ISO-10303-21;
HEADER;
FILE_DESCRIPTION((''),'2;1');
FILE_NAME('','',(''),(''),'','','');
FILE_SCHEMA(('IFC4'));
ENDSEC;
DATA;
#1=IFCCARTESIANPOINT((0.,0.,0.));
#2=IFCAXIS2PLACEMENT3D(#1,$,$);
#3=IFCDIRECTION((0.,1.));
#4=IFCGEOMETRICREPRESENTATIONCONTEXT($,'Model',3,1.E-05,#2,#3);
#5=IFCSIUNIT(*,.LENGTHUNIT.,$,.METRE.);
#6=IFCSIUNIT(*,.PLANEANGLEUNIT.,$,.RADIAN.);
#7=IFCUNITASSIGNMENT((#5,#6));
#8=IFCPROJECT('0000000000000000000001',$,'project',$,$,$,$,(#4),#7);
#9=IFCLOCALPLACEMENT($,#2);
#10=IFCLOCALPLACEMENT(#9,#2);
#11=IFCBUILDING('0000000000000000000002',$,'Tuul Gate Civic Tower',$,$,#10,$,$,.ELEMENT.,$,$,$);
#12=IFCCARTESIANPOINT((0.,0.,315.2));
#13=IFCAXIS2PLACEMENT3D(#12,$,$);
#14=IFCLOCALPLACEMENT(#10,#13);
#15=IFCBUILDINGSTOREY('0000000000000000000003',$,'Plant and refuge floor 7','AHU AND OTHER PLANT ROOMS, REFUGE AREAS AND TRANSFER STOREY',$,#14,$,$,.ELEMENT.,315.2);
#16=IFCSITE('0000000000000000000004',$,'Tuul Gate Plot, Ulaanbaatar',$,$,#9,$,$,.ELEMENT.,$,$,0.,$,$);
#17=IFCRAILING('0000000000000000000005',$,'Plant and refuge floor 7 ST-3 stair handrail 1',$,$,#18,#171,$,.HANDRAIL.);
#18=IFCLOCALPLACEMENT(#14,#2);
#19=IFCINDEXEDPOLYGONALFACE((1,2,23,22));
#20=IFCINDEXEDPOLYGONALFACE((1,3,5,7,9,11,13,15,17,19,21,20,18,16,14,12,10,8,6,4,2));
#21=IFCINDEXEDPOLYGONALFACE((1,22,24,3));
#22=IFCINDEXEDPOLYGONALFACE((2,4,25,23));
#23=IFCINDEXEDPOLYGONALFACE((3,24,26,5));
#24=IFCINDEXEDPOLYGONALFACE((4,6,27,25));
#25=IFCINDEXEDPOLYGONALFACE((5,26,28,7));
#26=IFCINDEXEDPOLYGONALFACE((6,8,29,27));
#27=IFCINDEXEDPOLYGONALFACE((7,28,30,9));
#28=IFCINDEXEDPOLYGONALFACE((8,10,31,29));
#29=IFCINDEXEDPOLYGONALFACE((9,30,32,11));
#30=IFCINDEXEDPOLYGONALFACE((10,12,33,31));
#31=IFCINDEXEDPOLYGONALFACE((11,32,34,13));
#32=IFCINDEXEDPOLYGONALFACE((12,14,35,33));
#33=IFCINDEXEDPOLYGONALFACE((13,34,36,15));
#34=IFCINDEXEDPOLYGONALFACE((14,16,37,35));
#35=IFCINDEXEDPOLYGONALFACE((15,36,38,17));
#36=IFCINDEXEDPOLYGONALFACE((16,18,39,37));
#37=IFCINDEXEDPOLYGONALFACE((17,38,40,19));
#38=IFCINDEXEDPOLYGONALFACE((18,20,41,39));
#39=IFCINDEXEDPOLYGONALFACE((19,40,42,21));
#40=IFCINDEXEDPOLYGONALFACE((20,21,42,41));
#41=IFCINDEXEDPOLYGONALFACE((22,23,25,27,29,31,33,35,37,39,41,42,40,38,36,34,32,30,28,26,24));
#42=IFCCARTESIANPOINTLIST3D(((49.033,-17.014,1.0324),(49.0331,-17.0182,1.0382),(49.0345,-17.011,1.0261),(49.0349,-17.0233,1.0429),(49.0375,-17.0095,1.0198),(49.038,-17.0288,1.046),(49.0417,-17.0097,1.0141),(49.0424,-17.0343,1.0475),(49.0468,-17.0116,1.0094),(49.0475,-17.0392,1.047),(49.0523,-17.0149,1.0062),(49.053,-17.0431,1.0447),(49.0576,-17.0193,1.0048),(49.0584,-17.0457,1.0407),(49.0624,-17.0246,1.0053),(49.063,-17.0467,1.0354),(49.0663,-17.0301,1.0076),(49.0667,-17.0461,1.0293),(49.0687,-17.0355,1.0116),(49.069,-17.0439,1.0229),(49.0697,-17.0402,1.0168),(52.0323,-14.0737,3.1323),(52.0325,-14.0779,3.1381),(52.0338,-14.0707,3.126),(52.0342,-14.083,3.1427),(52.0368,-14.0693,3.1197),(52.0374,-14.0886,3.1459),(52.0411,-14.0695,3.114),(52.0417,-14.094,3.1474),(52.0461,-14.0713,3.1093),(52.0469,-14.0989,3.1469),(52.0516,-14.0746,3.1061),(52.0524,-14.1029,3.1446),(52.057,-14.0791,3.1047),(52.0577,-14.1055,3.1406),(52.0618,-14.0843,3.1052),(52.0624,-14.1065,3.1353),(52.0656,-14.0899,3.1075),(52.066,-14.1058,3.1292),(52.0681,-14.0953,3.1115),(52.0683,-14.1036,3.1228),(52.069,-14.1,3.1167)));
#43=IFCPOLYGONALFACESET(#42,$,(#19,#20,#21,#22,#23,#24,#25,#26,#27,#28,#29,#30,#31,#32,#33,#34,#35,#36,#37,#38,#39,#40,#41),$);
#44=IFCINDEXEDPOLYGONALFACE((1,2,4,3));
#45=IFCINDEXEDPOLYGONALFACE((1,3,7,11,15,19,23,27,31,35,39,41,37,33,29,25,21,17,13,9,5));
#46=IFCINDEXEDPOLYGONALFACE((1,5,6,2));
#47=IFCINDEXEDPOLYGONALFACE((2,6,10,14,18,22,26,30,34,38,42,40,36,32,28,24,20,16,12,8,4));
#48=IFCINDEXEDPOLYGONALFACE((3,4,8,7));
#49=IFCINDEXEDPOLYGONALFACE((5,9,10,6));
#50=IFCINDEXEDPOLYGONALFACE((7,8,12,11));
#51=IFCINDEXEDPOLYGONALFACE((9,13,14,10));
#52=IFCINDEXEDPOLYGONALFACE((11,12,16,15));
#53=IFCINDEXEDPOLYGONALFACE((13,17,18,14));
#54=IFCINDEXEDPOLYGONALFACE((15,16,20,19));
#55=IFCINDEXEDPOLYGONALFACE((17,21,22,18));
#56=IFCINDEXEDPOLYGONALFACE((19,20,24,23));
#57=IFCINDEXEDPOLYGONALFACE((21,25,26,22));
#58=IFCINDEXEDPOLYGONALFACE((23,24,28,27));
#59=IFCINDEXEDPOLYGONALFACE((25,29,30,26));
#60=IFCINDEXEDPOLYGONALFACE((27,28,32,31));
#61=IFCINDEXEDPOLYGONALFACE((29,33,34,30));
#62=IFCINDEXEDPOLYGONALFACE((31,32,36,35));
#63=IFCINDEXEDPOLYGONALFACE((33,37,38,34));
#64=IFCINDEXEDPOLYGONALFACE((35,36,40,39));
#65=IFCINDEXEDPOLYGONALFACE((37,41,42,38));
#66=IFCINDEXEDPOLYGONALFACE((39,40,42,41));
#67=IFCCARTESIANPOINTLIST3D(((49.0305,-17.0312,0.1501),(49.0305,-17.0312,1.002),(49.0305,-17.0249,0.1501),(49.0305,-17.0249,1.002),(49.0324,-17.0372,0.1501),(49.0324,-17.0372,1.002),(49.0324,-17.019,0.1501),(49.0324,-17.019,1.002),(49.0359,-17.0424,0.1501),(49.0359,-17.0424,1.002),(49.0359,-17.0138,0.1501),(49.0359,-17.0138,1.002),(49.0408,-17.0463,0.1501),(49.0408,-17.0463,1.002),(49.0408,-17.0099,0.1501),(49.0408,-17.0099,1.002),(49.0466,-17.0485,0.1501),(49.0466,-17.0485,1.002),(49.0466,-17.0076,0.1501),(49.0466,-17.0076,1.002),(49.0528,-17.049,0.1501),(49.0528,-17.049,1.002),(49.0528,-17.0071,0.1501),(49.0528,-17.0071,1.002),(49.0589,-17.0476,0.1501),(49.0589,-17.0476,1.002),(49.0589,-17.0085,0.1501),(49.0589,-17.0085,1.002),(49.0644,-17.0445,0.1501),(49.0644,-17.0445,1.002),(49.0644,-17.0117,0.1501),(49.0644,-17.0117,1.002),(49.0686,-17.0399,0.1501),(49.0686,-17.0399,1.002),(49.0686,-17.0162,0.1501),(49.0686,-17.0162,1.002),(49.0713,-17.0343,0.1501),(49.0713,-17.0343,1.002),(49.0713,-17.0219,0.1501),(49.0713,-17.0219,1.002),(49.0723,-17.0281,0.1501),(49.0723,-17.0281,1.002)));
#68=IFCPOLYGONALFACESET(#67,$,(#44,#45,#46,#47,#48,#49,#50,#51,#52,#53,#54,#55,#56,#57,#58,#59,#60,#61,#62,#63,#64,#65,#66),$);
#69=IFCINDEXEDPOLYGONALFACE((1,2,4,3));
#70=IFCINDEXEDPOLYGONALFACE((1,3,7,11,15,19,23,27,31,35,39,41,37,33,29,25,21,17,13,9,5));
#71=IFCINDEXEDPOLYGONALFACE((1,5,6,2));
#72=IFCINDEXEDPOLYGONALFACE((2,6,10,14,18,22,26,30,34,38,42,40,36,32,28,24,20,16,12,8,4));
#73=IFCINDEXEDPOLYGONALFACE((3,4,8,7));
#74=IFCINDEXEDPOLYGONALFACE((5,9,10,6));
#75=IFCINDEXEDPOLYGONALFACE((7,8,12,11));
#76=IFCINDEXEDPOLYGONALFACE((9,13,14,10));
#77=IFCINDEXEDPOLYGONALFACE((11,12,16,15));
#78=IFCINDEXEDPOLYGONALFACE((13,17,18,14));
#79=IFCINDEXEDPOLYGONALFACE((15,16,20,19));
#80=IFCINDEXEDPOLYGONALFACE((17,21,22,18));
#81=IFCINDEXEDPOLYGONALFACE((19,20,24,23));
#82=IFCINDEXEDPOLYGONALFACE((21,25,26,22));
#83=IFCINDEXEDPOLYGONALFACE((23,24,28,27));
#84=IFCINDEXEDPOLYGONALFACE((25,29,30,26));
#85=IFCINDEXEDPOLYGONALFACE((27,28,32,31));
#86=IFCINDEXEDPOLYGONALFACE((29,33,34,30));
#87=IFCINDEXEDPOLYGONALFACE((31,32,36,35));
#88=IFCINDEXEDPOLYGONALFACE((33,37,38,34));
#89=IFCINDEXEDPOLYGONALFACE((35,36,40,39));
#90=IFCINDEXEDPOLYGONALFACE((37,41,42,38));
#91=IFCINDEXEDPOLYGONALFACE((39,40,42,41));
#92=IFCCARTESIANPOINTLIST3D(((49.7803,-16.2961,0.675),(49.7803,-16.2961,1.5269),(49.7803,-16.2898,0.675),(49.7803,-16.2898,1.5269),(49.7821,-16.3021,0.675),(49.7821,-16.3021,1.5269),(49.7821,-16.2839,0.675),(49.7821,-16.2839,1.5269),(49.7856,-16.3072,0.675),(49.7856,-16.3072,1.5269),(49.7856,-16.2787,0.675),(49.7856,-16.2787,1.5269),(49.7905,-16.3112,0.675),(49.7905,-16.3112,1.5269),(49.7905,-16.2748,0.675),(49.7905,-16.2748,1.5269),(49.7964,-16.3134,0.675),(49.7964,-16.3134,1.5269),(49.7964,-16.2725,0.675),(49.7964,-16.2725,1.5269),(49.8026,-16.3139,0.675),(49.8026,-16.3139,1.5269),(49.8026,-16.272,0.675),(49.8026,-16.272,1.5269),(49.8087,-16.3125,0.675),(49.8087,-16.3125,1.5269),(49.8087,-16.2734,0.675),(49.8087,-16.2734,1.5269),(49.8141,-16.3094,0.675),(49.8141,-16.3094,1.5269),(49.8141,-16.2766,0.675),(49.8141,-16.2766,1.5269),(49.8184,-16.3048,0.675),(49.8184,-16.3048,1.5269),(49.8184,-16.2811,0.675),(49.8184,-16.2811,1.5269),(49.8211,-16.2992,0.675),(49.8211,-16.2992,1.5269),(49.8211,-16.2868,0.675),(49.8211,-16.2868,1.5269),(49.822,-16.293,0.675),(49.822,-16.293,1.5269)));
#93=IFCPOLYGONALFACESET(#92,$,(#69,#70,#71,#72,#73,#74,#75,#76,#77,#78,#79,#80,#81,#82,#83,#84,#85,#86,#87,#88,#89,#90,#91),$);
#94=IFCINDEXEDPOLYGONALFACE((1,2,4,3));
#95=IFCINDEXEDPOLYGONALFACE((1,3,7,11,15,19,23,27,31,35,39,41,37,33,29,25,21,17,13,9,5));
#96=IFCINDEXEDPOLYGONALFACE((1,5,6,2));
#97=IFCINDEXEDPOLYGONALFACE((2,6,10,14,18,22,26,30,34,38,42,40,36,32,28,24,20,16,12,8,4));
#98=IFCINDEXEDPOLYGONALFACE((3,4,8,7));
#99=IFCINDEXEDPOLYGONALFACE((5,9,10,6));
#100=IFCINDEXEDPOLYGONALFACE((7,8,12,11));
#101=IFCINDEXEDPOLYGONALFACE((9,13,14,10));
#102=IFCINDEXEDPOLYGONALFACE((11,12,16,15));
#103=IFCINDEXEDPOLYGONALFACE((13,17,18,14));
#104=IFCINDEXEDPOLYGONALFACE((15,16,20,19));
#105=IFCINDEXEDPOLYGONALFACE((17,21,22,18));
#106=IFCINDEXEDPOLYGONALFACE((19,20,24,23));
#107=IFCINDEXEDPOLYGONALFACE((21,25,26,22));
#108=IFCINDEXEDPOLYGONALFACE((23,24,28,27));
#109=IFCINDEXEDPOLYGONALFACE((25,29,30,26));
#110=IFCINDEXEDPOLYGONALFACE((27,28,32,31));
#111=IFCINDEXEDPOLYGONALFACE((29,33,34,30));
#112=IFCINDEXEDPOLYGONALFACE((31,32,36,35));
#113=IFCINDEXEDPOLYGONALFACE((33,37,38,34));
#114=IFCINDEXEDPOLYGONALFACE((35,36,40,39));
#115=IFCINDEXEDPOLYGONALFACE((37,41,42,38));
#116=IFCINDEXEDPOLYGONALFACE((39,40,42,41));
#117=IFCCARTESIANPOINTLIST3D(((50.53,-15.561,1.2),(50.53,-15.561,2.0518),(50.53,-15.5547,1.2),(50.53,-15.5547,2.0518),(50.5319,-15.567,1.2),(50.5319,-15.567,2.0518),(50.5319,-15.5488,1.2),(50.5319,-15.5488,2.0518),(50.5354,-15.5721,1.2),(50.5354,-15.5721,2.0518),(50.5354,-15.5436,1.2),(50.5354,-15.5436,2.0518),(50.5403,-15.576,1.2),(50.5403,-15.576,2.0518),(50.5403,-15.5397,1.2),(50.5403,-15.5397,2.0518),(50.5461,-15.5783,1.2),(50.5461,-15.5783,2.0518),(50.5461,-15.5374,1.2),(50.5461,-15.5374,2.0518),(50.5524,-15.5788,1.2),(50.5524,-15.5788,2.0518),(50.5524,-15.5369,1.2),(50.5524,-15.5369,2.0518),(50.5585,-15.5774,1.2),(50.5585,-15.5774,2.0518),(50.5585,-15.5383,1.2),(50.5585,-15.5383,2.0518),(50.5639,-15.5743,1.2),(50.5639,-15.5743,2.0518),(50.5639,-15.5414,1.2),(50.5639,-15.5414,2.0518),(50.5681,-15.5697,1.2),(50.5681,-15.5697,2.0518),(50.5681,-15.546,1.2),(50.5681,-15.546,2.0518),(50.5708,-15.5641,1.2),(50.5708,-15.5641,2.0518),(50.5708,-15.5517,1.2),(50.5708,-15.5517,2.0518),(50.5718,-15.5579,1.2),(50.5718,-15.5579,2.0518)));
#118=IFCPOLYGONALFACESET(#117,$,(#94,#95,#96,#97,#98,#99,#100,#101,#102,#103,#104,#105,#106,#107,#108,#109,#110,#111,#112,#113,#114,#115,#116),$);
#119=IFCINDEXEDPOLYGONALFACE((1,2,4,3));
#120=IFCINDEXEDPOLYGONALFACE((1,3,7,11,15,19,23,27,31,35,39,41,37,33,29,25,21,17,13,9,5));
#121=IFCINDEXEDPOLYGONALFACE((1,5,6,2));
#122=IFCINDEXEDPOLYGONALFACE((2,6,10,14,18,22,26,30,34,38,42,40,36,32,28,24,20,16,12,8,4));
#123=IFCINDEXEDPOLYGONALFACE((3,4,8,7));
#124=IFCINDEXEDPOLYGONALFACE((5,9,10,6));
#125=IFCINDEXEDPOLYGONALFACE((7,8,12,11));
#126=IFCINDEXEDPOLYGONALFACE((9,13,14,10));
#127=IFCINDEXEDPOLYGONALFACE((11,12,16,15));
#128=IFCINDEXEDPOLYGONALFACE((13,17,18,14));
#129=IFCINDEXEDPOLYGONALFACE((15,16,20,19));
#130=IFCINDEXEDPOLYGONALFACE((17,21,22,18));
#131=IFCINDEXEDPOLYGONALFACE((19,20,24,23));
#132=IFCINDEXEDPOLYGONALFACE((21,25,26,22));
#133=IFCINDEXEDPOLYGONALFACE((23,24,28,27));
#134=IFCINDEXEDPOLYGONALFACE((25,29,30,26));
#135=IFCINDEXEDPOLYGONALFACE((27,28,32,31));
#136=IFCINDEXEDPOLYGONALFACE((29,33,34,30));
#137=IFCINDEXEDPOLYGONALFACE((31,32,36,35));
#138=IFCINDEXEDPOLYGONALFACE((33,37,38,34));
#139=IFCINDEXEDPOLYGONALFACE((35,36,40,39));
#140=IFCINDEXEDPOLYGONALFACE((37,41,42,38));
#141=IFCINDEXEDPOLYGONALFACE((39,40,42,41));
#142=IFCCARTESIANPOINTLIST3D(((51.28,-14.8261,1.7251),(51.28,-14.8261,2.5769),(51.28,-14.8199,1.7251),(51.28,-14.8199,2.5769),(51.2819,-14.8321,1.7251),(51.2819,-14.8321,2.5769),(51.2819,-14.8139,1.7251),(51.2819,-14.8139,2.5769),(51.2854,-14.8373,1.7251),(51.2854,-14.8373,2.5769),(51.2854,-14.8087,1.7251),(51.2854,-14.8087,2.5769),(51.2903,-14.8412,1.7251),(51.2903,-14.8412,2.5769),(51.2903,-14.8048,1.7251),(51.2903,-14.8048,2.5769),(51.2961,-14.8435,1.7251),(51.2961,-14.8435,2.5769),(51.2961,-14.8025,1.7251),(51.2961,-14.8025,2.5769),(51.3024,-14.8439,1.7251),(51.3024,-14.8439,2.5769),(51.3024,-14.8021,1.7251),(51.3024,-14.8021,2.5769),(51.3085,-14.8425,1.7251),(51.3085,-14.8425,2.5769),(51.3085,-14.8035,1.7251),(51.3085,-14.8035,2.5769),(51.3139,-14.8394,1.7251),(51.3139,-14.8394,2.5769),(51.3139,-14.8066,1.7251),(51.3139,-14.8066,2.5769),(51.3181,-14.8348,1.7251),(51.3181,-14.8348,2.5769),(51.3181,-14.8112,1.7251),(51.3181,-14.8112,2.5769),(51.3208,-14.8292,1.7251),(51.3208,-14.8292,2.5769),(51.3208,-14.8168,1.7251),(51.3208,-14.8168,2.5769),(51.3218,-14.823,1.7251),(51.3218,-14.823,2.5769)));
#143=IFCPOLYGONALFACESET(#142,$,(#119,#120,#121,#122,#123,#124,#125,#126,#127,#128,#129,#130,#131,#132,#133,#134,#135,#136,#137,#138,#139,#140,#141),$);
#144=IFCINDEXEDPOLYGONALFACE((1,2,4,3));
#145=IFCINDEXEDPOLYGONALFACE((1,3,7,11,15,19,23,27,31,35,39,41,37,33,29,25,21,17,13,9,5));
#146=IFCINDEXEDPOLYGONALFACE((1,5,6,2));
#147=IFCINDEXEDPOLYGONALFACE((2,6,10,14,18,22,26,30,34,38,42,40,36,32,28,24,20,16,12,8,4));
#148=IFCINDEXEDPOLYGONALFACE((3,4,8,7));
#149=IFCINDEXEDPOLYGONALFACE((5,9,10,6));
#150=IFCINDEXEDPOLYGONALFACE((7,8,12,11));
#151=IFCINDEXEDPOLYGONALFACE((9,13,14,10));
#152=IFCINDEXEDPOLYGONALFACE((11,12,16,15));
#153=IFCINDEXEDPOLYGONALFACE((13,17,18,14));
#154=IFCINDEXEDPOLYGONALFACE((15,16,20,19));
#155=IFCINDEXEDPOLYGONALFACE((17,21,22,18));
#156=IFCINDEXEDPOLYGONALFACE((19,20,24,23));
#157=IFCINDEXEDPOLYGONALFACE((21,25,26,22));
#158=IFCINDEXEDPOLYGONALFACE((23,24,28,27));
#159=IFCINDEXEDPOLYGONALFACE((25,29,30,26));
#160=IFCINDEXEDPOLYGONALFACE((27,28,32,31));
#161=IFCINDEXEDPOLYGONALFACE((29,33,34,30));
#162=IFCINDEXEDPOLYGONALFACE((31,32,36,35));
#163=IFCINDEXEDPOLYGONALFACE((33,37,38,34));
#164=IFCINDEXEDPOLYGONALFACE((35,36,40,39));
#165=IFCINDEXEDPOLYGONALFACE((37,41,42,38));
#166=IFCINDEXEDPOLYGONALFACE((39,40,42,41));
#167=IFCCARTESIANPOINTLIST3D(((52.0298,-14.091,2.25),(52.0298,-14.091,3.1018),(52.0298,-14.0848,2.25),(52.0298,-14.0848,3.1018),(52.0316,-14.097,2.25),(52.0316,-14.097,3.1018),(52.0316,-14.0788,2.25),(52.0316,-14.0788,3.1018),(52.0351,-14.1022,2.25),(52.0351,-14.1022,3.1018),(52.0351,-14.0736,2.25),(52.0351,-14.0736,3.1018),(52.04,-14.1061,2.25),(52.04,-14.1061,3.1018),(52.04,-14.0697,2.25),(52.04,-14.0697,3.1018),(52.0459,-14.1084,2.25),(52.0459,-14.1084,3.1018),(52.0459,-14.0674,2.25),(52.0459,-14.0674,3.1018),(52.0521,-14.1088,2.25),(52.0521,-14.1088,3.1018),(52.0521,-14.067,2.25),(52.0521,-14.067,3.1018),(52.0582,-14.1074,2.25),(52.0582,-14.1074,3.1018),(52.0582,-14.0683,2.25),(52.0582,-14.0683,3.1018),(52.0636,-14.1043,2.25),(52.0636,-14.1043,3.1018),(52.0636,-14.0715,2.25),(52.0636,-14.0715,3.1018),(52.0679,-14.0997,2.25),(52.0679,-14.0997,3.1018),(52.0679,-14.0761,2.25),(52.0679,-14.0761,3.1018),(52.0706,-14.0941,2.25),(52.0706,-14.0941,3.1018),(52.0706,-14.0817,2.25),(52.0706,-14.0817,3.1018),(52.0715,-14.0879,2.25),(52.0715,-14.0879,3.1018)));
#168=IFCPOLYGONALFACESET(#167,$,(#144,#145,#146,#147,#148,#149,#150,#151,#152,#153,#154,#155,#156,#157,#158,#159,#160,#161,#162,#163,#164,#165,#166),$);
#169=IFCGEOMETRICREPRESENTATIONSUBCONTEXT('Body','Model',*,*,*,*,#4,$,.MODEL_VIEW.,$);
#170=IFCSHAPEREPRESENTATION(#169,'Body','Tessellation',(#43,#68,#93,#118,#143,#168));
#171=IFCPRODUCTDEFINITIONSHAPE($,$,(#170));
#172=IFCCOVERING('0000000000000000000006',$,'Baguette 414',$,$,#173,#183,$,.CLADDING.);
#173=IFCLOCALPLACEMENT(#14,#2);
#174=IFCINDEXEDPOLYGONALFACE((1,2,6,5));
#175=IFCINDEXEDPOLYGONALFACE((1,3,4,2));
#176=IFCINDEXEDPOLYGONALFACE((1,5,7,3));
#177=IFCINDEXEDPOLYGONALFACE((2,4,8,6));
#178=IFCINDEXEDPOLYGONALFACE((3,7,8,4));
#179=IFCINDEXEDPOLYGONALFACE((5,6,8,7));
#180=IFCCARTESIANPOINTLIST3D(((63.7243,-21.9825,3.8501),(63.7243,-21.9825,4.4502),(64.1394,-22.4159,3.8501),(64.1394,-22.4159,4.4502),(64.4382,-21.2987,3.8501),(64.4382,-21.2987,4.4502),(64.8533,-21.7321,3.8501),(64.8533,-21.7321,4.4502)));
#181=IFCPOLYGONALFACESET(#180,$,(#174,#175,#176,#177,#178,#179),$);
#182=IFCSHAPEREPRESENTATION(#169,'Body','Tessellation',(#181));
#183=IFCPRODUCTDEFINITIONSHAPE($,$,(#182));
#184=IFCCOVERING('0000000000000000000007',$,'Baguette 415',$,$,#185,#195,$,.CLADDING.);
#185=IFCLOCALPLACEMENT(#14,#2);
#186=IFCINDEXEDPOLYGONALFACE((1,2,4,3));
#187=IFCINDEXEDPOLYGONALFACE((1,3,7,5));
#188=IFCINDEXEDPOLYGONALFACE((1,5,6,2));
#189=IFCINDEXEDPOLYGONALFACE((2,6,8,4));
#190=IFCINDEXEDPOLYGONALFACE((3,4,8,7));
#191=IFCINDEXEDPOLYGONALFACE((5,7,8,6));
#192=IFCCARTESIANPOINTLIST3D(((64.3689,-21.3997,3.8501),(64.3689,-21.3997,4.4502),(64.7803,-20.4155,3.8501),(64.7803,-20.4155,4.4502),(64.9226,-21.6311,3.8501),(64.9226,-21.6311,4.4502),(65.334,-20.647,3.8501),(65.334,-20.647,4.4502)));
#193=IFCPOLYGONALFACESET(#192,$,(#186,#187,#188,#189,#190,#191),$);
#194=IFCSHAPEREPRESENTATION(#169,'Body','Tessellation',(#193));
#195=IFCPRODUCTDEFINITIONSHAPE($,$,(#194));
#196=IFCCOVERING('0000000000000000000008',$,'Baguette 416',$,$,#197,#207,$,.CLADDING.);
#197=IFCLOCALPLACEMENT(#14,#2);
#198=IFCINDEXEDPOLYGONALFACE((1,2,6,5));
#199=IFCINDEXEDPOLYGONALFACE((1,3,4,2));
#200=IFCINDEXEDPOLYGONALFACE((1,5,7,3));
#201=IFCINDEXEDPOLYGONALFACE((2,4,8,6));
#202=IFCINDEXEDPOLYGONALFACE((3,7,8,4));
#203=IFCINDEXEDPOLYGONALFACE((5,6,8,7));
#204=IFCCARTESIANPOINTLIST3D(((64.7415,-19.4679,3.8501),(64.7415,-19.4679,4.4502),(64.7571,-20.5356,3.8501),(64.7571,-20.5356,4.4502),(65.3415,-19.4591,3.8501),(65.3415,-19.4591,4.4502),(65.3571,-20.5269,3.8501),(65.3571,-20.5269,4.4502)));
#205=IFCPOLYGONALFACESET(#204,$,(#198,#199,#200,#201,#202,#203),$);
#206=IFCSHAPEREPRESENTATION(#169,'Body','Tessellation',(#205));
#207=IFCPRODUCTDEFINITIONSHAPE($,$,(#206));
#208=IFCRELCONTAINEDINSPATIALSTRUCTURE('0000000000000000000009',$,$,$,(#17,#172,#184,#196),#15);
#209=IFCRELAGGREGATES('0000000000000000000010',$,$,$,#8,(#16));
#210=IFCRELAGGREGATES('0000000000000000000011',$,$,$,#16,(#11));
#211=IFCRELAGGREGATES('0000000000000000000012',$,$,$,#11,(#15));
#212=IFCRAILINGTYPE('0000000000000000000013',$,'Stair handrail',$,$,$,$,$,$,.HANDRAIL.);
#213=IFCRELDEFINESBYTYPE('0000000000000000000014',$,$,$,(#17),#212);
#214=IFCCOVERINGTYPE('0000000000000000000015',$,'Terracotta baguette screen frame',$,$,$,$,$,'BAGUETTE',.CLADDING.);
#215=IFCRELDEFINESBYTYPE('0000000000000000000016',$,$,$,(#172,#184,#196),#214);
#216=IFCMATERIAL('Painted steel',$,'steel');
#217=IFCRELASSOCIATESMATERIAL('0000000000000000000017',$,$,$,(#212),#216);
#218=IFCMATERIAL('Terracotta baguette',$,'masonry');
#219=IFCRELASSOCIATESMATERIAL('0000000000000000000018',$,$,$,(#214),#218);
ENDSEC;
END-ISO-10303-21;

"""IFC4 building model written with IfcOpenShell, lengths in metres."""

from ifc_helpers import new_model, si_unit, direction, frame, origin, origin_2d, place, context, subcontext, project, spatial, rectangle, circle, extrude, material, material_profile, profile_set, type_object, element, save


model = new_model("IFC4")

# Units and contexts
model_context = context("Model", 3, precision=1e-05, world=origin(), true_north=direction((0.0, 1.0)))
body_context = subcontext(model_context, "Body", "Model", "MODEL_VIEW")
ifc_project = project(units=[si_unit("LENGTHUNIT", "METRE"), si_unit("PLANEANGLEUNIT", "RADIAN")], contexts=[model_context])

# Site, building, storey
site_placement = place(None, origin())
site = spatial("IfcSite", under=ifc_project, at=site_placement, Name="Tuul Gate Plot, Ulaanbaatar", CompositionType="ELEMENT", RefElevation=0.0)
building_placement = place(site_placement, origin())
building = spatial("IfcBuilding", under=site, at=building_placement, Name="Tuul Gate Civic Tower", CompositionType="ELEMENT")
storey_placement = place(building_placement, frame((0.0, 0.0, 315.2)))
storey = spatial("IfcBuildingStorey", under=building, at=storey_placement, Name="Plant and refuge floor 7", Description="AHU AND OTHER PLANT ROOMS, REFUGE AREAS AND TRANSFER STOREY", CompositionType="ELEMENT", Elevation=315.2)

# Railing
ifc_material_1 = material(Name="Painted steel", Category="steel")
railing_type = type_object("IfcRailingType", Name="Stair handrail", PredefinedType="HANDRAIL", material=ifc_material_1)
railing_placement = place(storey_placement, frame((49.0513, -17.0281, 0.1501)))
element("IfcRailing", 1, at=railing_placement, inside=storey, type_object=railing_type, Name="Plant and refuge floor 7 ST-3 stair handrail 1", PredefinedType="HANDRAIL", context=body_context, shape_type="SweptSolid", body=[
    extrude(circle(Radius=0.0239, at=origin_2d()), frame((0.0, 0.0, 0.876), z_axis=(0.638725, 0.626143, 0.447186), x_axis=(-0.700038, 0.714105, 0.0)), (0.0, 0.0, 1.0), 4.6958),
    extrude(circle(Radius=0.021, at=origin_2d()), origin(), (0.0, 0.0, 1.0), 0.8518),
    extrude(circle(Radius=0.021, at=origin_2d()), frame((0.7498, 0.7351, 0.5249)), (0.0, 0.0, 1.0), 0.8518),
    extrude(circle(Radius=0.021, at=origin_2d()), frame((1.4995, 1.4702, 1.0498)), (0.0, 0.0, 1.0), 0.8518),
    extrude(circle(Radius=0.021, at=origin_2d()), frame((2.2495, 2.2051, 1.575)), (0.0, 0.0, 1.0), 0.8518),
    extrude(circle(Radius=0.021, at=origin_2d()), frame((2.9993, 2.9402, 2.0999)), (0.0, 0.0, 1.0), 0.8518),
])

# Coverings
ifc_material_2 = material(Name="Terracotta baguette", Category="masonry")
ifc_material_profile_1 = material_profile(ifc_material_2, rectangle(XDim=0.6001, YDim=0.6001, at=origin_2d()), Name="Terracotta baguette screen frame")
ifc_profile_set_1 = profile_set([ifc_material_profile_1], Name="Terracotta baguette")
covering_type = type_object("IfcCoveringType", Name="Terracotta baguette screen frame", ElementType="BAGUETTE", PredefinedType="CLADDING", material=ifc_profile_set_1)
covering_1_placement = place(storey_placement, frame((63.9319, -22.1992, 4.1501), z_axis=(0.722132, 0.691755, 0.0), x_axis=(-0.691755, 0.722132, 0.0)))
element("IfcCovering", 2, at=covering_1_placement, inside=storey, type_object=covering_type, Name="Baguette 414", PredefinedType="CLADDING", context=body_context, shape_type="SweptSolid", body=[
    extrude(rectangle(XDim=0.6001, YDim=0.6001, at=origin_2d()), origin(), (0.0, 0.0, 1.0), 0.9885),
])
covering_2_placement = place(storey_placement, frame((64.6458, -21.5154, 4.1501), z_axis=(0.385672, 0.922636, 0.0), x_axis=(-0.922636, 0.385672, 0.0)))
element("IfcCovering", 3, at=covering_2_placement, inside=storey, type_object=covering_type, Name="Baguette 415", PredefinedType="CLADDING", context=body_context, shape_type="SweptSolid", body=[
    extrude(rectangle(XDim=0.6001, YDim=0.6001, at=origin_2d()), origin(), (0.0, 0.0, 1.0), 1.0667),
])
covering_3_placement = place(storey_placement, frame((65.0571, -20.5312, 4.1501), z_axis=(-0.01463, 0.999893, 0.0), x_axis=(-0.999893, -0.01463, 0.0)))
element("IfcCovering", 4, at=covering_3_placement, inside=storey, type_object=covering_type, Name="Baguette 416", PredefinedType="CLADDING", context=body_context, shape_type="SweptSolid", body=[
    extrude(rectangle(XDim=0.6001, YDim=0.6001, at=origin_2d()), origin(), (0.0, 0.0, 1.0), 1.0679),
])

save(model, "model.ifc")
